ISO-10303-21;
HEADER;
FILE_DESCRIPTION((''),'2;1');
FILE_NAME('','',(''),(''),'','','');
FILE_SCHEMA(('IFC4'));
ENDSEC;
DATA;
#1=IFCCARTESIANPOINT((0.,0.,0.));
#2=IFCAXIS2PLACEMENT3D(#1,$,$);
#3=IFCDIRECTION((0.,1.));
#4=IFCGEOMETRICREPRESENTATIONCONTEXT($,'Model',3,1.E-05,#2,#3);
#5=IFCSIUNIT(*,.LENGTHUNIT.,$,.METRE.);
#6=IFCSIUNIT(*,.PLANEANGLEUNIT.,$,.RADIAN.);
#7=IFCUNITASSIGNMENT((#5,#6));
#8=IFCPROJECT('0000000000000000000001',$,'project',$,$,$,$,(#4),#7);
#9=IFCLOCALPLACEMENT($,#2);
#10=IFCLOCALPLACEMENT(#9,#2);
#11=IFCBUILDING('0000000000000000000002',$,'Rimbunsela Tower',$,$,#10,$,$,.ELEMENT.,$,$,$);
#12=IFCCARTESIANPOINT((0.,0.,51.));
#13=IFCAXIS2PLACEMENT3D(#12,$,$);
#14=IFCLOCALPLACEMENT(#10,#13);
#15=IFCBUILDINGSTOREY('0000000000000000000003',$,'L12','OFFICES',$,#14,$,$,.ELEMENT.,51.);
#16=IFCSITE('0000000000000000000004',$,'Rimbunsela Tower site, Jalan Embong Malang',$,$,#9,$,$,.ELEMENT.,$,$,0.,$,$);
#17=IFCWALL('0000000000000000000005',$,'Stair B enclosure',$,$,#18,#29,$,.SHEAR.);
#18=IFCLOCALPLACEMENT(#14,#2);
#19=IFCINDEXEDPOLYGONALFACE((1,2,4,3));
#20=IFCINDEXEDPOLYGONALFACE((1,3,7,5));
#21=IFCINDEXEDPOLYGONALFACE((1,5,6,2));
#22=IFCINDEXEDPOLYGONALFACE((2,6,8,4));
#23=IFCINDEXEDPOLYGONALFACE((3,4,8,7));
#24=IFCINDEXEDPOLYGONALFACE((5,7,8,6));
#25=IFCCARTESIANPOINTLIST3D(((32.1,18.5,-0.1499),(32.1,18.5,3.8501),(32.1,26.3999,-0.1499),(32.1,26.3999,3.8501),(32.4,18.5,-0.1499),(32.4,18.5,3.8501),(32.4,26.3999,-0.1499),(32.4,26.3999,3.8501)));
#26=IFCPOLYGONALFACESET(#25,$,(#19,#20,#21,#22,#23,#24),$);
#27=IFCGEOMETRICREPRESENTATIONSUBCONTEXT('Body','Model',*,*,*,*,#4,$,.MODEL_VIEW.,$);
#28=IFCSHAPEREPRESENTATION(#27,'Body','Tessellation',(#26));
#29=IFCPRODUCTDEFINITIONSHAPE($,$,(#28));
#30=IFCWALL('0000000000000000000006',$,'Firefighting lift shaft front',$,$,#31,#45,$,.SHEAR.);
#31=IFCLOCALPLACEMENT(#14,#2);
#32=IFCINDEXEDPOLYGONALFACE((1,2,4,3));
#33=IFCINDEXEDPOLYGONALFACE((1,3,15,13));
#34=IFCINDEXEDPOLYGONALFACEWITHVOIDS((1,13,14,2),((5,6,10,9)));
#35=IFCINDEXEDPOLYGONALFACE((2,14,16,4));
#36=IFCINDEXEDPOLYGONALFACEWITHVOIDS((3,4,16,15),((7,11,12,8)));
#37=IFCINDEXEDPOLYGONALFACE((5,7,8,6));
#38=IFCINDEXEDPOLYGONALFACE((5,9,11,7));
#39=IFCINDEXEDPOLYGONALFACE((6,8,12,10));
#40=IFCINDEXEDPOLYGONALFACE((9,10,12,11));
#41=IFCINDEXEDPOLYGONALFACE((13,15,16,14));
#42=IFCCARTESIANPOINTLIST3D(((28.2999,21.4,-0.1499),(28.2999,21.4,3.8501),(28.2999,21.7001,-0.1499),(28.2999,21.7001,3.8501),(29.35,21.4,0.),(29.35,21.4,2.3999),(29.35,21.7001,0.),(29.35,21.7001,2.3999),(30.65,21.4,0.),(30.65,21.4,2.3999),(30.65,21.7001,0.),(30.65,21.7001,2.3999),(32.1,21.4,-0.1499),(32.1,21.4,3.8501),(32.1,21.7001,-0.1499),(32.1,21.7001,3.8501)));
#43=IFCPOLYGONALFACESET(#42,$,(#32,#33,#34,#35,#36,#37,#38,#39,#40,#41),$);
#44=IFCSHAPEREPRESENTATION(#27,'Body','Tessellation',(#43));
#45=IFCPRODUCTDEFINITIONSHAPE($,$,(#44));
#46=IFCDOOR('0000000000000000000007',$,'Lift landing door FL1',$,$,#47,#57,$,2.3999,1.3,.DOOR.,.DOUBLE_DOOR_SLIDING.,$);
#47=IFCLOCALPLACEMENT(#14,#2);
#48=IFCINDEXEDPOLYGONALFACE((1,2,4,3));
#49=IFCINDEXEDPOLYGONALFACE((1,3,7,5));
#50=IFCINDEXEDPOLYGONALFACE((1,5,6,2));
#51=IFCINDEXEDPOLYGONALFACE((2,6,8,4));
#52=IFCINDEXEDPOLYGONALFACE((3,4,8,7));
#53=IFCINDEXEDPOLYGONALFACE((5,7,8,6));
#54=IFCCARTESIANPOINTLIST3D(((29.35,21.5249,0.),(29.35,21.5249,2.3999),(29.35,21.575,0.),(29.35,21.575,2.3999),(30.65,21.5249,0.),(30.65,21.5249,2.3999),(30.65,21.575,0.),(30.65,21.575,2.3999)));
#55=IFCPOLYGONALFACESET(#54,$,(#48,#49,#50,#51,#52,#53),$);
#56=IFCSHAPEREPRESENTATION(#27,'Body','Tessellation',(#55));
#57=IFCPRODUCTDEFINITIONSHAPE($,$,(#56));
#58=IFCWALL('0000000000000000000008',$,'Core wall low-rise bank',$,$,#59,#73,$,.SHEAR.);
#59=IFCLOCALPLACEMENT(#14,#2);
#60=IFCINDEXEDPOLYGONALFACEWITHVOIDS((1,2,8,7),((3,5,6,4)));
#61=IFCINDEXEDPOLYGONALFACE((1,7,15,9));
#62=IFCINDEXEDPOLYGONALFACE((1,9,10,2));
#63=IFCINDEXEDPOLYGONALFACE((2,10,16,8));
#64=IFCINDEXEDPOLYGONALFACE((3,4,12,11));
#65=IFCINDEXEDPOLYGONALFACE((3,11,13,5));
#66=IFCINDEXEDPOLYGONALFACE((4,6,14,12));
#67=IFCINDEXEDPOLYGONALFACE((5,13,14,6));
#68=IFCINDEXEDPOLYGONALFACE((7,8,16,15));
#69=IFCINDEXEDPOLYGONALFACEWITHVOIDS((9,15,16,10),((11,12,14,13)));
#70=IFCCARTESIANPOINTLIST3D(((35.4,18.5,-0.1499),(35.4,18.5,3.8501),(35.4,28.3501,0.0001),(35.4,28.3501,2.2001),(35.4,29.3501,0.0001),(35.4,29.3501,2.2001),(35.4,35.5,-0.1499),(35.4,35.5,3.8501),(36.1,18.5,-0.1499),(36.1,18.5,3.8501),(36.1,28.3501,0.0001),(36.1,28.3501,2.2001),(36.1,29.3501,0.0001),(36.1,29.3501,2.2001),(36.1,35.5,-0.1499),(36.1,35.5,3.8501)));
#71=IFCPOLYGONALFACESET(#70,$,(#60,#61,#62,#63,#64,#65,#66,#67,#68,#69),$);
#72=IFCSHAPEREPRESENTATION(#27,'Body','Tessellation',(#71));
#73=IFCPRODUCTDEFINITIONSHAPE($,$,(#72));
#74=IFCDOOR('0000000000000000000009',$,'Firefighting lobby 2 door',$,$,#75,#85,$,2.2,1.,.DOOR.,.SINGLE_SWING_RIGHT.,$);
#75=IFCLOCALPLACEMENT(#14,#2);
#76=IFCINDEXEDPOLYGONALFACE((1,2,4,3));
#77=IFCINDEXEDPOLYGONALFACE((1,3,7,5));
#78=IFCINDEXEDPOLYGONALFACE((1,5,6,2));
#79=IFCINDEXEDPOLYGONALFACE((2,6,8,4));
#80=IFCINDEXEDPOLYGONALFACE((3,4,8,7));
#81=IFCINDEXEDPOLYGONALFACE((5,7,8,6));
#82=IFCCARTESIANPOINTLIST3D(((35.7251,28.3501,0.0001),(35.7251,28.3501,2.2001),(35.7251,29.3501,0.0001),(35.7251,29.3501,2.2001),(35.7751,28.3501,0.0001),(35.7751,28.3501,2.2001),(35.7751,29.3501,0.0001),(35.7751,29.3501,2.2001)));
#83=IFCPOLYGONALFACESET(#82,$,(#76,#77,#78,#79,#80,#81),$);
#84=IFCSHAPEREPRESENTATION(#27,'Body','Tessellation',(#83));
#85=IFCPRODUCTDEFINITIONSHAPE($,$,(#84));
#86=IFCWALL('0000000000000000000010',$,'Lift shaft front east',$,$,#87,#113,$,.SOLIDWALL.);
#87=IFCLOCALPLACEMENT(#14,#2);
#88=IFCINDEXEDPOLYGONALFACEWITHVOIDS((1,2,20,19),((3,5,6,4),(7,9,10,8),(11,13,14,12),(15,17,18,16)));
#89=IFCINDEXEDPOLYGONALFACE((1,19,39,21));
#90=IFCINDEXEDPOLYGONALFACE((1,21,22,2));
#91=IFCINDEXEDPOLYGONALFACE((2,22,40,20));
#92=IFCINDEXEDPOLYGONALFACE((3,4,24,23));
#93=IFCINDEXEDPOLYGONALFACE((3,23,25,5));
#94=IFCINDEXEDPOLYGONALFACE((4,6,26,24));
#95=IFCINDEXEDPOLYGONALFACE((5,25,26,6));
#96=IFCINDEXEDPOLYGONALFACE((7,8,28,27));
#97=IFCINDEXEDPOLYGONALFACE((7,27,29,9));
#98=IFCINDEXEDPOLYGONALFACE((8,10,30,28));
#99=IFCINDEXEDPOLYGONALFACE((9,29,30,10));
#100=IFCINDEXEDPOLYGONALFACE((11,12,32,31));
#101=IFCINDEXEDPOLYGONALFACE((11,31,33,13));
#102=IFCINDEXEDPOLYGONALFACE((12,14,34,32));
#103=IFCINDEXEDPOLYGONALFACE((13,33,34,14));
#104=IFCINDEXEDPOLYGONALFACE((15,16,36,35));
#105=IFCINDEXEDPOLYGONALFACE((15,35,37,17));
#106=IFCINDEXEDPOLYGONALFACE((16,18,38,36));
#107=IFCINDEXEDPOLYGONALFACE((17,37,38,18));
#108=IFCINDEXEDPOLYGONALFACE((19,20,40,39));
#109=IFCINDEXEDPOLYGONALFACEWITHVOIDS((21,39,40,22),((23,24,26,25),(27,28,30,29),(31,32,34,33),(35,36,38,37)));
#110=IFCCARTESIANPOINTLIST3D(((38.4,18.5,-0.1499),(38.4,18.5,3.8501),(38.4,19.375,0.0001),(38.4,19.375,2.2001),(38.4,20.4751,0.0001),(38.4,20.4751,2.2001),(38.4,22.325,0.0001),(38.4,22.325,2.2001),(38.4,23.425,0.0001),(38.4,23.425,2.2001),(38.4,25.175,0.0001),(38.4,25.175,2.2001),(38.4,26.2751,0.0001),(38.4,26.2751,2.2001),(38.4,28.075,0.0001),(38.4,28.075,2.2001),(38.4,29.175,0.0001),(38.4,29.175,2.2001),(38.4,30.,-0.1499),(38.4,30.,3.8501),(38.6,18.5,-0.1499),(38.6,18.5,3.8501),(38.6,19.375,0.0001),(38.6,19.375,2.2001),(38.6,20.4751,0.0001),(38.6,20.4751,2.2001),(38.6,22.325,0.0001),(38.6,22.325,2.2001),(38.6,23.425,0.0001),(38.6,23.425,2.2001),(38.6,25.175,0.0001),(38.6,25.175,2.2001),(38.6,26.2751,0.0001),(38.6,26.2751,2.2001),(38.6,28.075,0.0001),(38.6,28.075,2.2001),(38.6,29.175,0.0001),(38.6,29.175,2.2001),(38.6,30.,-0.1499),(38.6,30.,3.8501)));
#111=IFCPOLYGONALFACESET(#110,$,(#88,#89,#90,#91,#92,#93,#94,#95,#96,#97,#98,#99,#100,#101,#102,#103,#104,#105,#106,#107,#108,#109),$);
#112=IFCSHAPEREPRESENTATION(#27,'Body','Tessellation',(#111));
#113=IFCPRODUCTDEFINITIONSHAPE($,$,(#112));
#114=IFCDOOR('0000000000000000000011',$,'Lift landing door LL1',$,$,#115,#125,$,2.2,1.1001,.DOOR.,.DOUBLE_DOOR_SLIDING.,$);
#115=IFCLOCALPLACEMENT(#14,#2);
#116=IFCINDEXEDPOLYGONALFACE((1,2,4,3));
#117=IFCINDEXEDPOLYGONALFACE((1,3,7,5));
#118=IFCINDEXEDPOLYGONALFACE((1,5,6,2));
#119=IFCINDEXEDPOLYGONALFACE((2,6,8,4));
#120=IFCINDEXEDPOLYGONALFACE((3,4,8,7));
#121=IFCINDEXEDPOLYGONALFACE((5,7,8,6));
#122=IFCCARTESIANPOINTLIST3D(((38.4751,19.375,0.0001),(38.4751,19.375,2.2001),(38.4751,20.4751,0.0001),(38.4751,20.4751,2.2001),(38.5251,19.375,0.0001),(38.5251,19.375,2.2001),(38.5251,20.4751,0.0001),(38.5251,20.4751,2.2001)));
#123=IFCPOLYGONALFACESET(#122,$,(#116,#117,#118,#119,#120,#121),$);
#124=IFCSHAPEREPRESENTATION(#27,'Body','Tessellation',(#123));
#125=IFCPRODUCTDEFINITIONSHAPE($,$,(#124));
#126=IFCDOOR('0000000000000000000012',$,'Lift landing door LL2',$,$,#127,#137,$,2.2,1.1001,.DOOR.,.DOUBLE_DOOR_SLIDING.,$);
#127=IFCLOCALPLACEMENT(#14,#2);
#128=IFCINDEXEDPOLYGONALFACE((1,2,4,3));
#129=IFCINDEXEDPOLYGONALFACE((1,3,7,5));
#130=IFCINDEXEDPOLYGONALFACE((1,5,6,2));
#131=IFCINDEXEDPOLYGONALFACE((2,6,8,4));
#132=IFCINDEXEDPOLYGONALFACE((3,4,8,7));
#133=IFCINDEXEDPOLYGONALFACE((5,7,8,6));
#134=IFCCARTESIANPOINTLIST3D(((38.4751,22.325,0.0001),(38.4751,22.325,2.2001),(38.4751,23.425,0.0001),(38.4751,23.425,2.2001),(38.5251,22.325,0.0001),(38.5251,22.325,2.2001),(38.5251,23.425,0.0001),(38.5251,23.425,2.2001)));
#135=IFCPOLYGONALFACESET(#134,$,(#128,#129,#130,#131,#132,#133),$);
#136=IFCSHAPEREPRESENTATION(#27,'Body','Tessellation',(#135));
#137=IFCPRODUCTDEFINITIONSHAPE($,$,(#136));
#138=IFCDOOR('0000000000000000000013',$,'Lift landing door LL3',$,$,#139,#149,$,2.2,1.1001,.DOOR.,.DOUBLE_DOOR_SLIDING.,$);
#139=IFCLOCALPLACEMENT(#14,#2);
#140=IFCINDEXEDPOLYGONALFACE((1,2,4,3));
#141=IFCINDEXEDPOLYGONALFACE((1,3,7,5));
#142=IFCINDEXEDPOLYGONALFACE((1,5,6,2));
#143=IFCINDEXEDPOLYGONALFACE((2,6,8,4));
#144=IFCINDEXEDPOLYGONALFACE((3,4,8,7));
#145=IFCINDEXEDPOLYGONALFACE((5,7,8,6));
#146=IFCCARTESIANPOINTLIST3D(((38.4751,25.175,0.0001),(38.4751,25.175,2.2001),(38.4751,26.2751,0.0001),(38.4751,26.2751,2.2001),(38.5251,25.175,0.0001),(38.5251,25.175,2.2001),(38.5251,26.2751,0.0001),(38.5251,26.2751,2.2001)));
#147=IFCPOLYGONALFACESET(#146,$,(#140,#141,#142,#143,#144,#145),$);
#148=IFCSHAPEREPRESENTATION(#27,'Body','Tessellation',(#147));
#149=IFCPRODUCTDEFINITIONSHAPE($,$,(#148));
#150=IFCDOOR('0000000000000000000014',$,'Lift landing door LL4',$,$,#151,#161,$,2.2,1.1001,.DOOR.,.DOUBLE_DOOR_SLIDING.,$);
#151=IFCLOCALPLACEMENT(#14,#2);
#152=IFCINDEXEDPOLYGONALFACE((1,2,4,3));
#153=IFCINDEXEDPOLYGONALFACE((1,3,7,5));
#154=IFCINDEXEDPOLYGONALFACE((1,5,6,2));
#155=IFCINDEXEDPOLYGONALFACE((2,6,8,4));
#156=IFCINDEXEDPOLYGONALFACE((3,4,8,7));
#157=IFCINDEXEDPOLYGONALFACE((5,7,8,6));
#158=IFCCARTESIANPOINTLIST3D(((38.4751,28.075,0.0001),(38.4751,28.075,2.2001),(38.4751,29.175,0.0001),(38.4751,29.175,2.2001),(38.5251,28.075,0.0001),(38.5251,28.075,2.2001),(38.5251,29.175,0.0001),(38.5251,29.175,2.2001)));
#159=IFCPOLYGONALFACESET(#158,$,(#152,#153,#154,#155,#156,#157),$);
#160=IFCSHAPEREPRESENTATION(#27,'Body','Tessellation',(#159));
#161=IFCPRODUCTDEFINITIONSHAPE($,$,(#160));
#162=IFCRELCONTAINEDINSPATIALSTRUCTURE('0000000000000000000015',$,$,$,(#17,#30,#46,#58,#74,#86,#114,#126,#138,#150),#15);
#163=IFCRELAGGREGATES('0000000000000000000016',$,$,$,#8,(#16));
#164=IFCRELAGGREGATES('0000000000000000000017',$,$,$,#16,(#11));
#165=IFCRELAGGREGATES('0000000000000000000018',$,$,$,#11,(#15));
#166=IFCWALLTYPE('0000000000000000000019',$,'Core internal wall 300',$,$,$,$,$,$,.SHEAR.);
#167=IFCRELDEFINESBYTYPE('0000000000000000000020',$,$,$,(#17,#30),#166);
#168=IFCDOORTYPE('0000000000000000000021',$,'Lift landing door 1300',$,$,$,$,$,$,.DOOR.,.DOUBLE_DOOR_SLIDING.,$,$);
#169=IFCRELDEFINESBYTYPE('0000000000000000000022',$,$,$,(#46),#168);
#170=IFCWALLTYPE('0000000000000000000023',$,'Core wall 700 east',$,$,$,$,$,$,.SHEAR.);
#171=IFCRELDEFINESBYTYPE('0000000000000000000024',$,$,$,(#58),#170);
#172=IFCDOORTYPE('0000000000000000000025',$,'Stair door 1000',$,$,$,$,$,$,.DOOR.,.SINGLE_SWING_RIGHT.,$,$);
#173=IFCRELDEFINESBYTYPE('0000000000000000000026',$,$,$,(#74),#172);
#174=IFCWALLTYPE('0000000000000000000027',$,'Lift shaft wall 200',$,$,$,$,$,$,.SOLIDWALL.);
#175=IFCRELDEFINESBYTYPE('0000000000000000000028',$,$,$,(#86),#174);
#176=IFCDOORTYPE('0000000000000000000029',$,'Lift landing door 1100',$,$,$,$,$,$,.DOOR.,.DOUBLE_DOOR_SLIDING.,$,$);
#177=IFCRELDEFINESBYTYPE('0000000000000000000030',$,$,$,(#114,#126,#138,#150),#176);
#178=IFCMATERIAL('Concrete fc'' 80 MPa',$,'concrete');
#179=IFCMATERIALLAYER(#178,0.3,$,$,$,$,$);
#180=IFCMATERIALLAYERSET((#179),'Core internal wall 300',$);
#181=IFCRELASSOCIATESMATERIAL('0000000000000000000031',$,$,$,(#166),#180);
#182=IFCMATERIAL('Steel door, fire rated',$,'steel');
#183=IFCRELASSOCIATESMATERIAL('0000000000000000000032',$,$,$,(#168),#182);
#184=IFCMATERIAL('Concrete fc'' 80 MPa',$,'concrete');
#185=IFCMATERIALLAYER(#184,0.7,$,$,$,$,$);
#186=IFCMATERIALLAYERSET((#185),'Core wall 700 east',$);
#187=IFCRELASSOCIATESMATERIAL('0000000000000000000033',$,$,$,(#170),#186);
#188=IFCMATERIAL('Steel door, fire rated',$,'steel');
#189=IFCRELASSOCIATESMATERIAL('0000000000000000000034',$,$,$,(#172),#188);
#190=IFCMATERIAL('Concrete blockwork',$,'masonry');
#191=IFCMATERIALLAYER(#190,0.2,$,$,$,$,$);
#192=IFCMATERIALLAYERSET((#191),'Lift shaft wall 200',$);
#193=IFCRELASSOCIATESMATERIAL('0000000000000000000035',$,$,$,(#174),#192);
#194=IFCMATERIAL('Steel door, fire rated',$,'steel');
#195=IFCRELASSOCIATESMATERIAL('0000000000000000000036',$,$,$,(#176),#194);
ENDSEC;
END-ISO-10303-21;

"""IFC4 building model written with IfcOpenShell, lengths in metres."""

from ifc_helpers import new_model, si_unit, direction, frame, frame_2d, origin, place, context, subcontext, project, spatial, rectangle, extrude, material, layer, layer_set, type_object, element, fill, save


model = new_model("IFC4")

# Units and contexts
model_context = context("Model", 3, precision=1e-05, world=origin(), true_north=direction((0.0, 1.0)))
body_context = subcontext(model_context, "Body", "Model", "MODEL_VIEW")
ifc_project = project(units=[si_unit("LENGTHUNIT", "METRE"), si_unit("PLANEANGLEUNIT", "RADIAN")], contexts=[model_context])

# Site, building, storey
site_placement = place(None, origin())
site = spatial("IfcSite", under=ifc_project, at=site_placement, Name="Rimbunsela Tower site, Jalan Embong Malang", CompositionType="ELEMENT", RefElevation=0.0)
building_placement = place(site_placement, origin())
building = spatial("IfcBuilding", under=site, at=building_placement, Name="Rimbunsela Tower", CompositionType="ELEMENT")
storey_placement = place(building_placement, frame((0.0, 0.0, 51.0)))
storey = spatial("IfcBuildingStorey", under=building, at=storey_placement, Name="L12", Description="OFFICES", CompositionType="ELEMENT", Elevation=51.0)

# Wall
ifc_material_1 = material(Name="Concrete fc' 80 MPa", Category="concrete")
ifc_layer_1 = layer(ifc_material_1, 0.3)
ifc_layer_set_1 = layer_set([ifc_layer_1], Name="Core internal wall 300")
wall_type_1 = type_object("IfcWallType", Name="Core internal wall 300", PredefinedType="SHEAR", material=ifc_layer_set_1)
wall_1_placement = place(storey_placement, frame((32.25, 18.5, -0.1499), z_axis=(0.0, 0.0, 1.0), x_axis=(0.0, 1.0, 0.0)))
element("IfcWall", 1, at=wall_1_placement, inside=storey, type_object=wall_type_1, Name="Stair B enclosure", PredefinedType="SHEAR", context=body_context, shape_type="SweptSolid", body=[
    extrude(rectangle(XDim=7.8999, YDim=0.3, at=frame_2d((3.95, 0.0))), origin(), (0.0, 0.0, 1.0), 4.0),
])

# Walls, openings, doors
wall_2_placement = place(storey_placement, frame((28.3, 21.55, -0.1499), z_axis=(0.0, 0.0, 1.0), x_axis=(1.0, 0.0, 0.0)))
wall_2 = element("IfcWall", 2, at=wall_2_placement, inside=storey, type_object=wall_type_1, Name="Firefighting lift shaft front", PredefinedType="SHEAR", context=body_context, shape_type="SweptSolid", body=[
    extrude(rectangle(XDim=3.8, YDim=0.3, at=frame_2d((1.8999, 0.0))), origin(), (0.0, 0.0, 1.0), 4.0),
])
opening_1_placement = place(wall_2_placement, frame((1.05, 0.0, 0.1499)))
opening_1 = element("IfcOpeningElement", 3, at=opening_1_placement, cuts=wall_2, PredefinedType="OPENING", context=body_context, shape_type="SweptSolid", body=[
    extrude(rectangle(XDim=1.3, YDim=2.3999, at=frame_2d((0.6499, 1.2))), frame((0.0, 0.1599, 0.0), z_axis=(0.0, -1.0, 0.0), x_axis=(1.0, 0.0, 0.0)), (0.0, 0.0, 1.0), 0.3201),
])
ifc_material_2 = material(Name="Steel door, fire rated", Category="steel")
door_type_1 = type_object("IfcDoorType", Name="Lift landing door 1300", OperationType="DOUBLE_DOOR_SLIDING", PredefinedType="DOOR", material=ifc_material_2)
door_1_placement = place(opening_1_placement, origin())
door_1 = element("IfcDoor", 4, at=door_1_placement, inside=storey, type_object=door_type_1, Name="Lift landing door FL1", OperationType="DOUBLE_DOOR_SLIDING", OverallHeight=2.3999, OverallWidth=1.3, PredefinedType="DOOR", context=body_context, shape_type="SweptSolid", body=[
    extrude(rectangle(XDim=1.3, YDim=2.3999, at=frame_2d((0.6499, 1.2))), frame((0.0, 0.0249, 0.0), z_axis=(0.0, -1.0, 0.0), x_axis=(1.0, 0.0, 0.0)), (0.0, 0.0, 1.0), 0.05),
])
fill(opening_1, door_1)
ifc_material_3 = material(Name="Concrete fc' 80 MPa", Category="concrete")
ifc_layer_2 = layer(ifc_material_3, 0.7)
ifc_layer_set_2 = layer_set([ifc_layer_2], Name="Core wall 700 east")
wall_type_2 = type_object("IfcWallType", Name="Core wall 700 east", PredefinedType="SHEAR", material=ifc_layer_set_2)
wall_3_placement = place(storey_placement, frame((35.75, 18.5, -0.1499), z_axis=(0.0, 0.0, 1.0), x_axis=(0.0, 1.0, 0.0)))
wall_3 = element("IfcWall", 5, at=wall_3_placement, inside=storey, type_object=wall_type_2, Name="Core wall low-rise bank", PredefinedType="SHEAR", context=body_context, shape_type="SweptSolid", body=[
    extrude(rectangle(XDim=17.0, YDim=0.7, at=frame_2d((8.5, 0.0))), origin(), (0.0, 0.0, 1.0), 4.0),
])
opening_2_placement = place(wall_3_placement, frame((9.8501, 0.0, 0.1499)))
opening_2 = element("IfcOpeningElement", 6, at=opening_2_placement, cuts=wall_3, PredefinedType="OPENING", context=body_context, shape_type="SweptSolid", body=[
    extrude(rectangle(XDim=1.0, YDim=2.2, at=frame_2d((0.5, 1.1001))), frame((0.0, 0.3599, 0.0), z_axis=(0.0, -1.0, 0.0), x_axis=(1.0, 0.0, 0.0)), (0.0, 0.0, 1.0), 0.72),
])
ifc_material_4 = material(Name="Steel door, fire rated", Category="steel")
door_type_2 = type_object("IfcDoorType", Name="Stair door 1000", OperationType="SINGLE_SWING_RIGHT", PredefinedType="DOOR", material=ifc_material_4)
door_2_placement = place(opening_2_placement, origin())
door_2 = element("IfcDoor", 7, at=door_2_placement, inside=storey, type_object=door_type_2, Name="Firefighting lobby 2 door", OperationType="SINGLE_SWING_RIGHT", OverallHeight=2.2, OverallWidth=1.0, PredefinedType="DOOR", context=body_context, shape_type="SweptSolid", body=[
    extrude(rectangle(XDim=1.0, YDim=2.2, at=frame_2d((0.5, 1.1001))), frame((0.0, 0.0249, 0.0), z_axis=(0.0, -1.0, 0.0), x_axis=(1.0, 0.0, 0.0)), (0.0, 0.0, 1.0), 0.05),
])
fill(opening_2, door_2)

# Wall, openings, doors
ifc_material_5 = material(Name="Concrete blockwork", Category="masonry")
ifc_layer_3 = layer(ifc_material_5, 0.2)
ifc_layer_set_3 = layer_set([ifc_layer_3], Name="Lift shaft wall 200")
wall_type_3 = type_object("IfcWallType", Name="Lift shaft wall 200", PredefinedType="SOLIDWALL", material=ifc_layer_set_3)
wall_4_placement = place(storey_placement, frame((38.5, 18.5, -0.1499), z_axis=(0.0, 0.0, 1.0), x_axis=(0.0, 1.0, 0.0)))
wall_4 = element("IfcWall", 8, at=wall_4_placement, inside=storey, type_object=wall_type_3, Name="Lift shaft front east", PredefinedType="SOLIDWALL", context=body_context, shape_type="SweptSolid", body=[
    extrude(rectangle(XDim=11.5, YDim=0.2, at=frame_2d((5.75, 0.0))), origin(), (0.0, 0.0, 1.0), 4.0),
])
opening_3_placement = place(wall_4_placement, frame((0.875, 0.0, 0.1499)))
opening_3 = element("IfcOpeningElement", 9, at=opening_3_placement, cuts=wall_4, PredefinedType="OPENING", context=body_context, shape_type="SweptSolid", body=[
    extrude(rectangle(XDim=1.1001, YDim=2.2, at=frame_2d((0.55, 1.1001))), frame((0.0, 0.1099, 0.0), z_axis=(0.0, -1.0, 0.0), x_axis=(1.0, 0.0, 0.0)), (0.0, 0.0, 1.0), 0.22),
])
opening_4_placement = place(wall_4_placement, frame((3.825, 0.0, 0.1499)))
opening_4 = element("IfcOpeningElement", 10, at=opening_4_placement, cuts=wall_4, PredefinedType="OPENING", context=body_context, shape_type="SweptSolid", body=[
    extrude(rectangle(XDim=1.1001, YDim=2.2, at=frame_2d((0.55, 1.1001))), frame((0.0, 0.1099, 0.0), z_axis=(0.0, -1.0, 0.0), x_axis=(1.0, 0.0, 0.0)), (0.0, 0.0, 1.0), 0.22),
])
opening_5_placement = place(wall_4_placement, frame((6.675, 0.0, 0.1499)))
opening_5 = element("IfcOpeningElement", 11, at=opening_5_placement, cuts=wall_4, PredefinedType="OPENING", context=body_context, shape_type="SweptSolid", body=[
    extrude(rectangle(XDim=1.1001, YDim=2.2, at=frame_2d((0.55, 1.1001))), frame((0.0, 0.1099, 0.0), z_axis=(0.0, -1.0, 0.0), x_axis=(1.0, 0.0, 0.0)), (0.0, 0.0, 1.0), 0.22),
])
opening_6_placement = place(wall_4_placement, frame((9.575, 0.0, 0.1499)))
opening_6 = element("IfcOpeningElement", 12, at=opening_6_placement, cuts=wall_4, PredefinedType="OPENING", context=body_context, shape_type="SweptSolid", body=[
    extrude(rectangle(XDim=1.1001, YDim=2.2, at=frame_2d((0.55, 1.1001))), frame((0.0, 0.1099, 0.0), z_axis=(0.0, -1.0, 0.0), x_axis=(1.0, 0.0, 0.0)), (0.0, 0.0, 1.0), 0.22),
])
ifc_material_6 = material(Name="Steel door, fire rated", Category="steel")
door_type_3 = type_object("IfcDoorType", Name="Lift landing door 1100", OperationType="DOUBLE_DOOR_SLIDING", PredefinedType="DOOR", material=ifc_material_6)
door_3_placement = place(opening_3_placement, origin())
door_3 = element("IfcDoor", 13, at=door_3_placement, inside=storey, type_object=door_type_3, Name="Lift landing door LL1", OperationType="DOUBLE_DOOR_SLIDING", OverallHeight=2.2, OverallWidth=1.1001, PredefinedType="DOOR", context=body_context, shape_type="SweptSolid", body=[
    extrude(rectangle(XDim=1.1001, YDim=2.2, at=frame_2d((0.55, 1.1001))), frame((0.0, 0.0249, 0.0), z_axis=(0.0, -1.0, 0.0), x_axis=(1.0, 0.0, 0.0)), (0.0, 0.0, 1.0), 0.05),
])
fill(opening_3, door_3)
door_4_placement = place(opening_4_placement, origin())
door_4 = element("IfcDoor", 14, at=door_4_placement, inside=storey, type_object=door_type_3, Name="Lift landing door LL2", OperationType="DOUBLE_DOOR_SLIDING", OverallHeight=2.2, OverallWidth=1.1001, PredefinedType="DOOR", context=body_context, shape_type="SweptSolid", body=[
    extrude(rectangle(XDim=1.1001, YDim=2.2, at=frame_2d((0.55, 1.1001))), frame((0.0, 0.0249, 0.0), z_axis=(0.0, -1.0, 0.0), x_axis=(1.0, 0.0, 0.0)), (0.0, 0.0, 1.0), 0.05),
])
fill(opening_4, door_4)
door_5_placement = place(opening_5_placement, origin())
door_5 = element("IfcDoor", 15, at=door_5_placement, inside=storey, type_object=door_type_3, Name="Lift landing door LL3", OperationType="DOUBLE_DOOR_SLIDING", OverallHeight=2.2, OverallWidth=1.1001, PredefinedType="DOOR", context=body_context, shape_type="SweptSolid", body=[
    extrude(rectangle(XDim=1.1001, YDim=2.2, at=frame_2d((0.55, 1.1001))), frame((0.0, 0.0249, 0.0), z_axis=(0.0, -1.0, 0.0), x_axis=(1.0, 0.0, 0.0)), (0.0, 0.0, 1.0), 0.05),
])
fill(opening_5, door_5)
door_6_placement = place(opening_6_placement, origin())
door_6 = element("IfcDoor", 16, at=door_6_placement, inside=storey, type_object=door_type_3, Name="Lift landing door LL4", OperationType="DOUBLE_DOOR_SLIDING", OverallHeight=2.2, OverallWidth=1.1001, PredefinedType="DOOR", context=body_context, shape_type="SweptSolid", body=[
    extrude(rectangle(XDim=1.1001, YDim=2.2, at=frame_2d((0.55, 1.1001))), frame((0.0, 0.0249, 0.0), z_axis=(0.0, -1.0, 0.0), x_axis=(1.0, 0.0, 0.0)), (0.0, 0.0, 1.0), 0.05),
])
fill(opening_6, door_6)

save(model, "model.ifc")
